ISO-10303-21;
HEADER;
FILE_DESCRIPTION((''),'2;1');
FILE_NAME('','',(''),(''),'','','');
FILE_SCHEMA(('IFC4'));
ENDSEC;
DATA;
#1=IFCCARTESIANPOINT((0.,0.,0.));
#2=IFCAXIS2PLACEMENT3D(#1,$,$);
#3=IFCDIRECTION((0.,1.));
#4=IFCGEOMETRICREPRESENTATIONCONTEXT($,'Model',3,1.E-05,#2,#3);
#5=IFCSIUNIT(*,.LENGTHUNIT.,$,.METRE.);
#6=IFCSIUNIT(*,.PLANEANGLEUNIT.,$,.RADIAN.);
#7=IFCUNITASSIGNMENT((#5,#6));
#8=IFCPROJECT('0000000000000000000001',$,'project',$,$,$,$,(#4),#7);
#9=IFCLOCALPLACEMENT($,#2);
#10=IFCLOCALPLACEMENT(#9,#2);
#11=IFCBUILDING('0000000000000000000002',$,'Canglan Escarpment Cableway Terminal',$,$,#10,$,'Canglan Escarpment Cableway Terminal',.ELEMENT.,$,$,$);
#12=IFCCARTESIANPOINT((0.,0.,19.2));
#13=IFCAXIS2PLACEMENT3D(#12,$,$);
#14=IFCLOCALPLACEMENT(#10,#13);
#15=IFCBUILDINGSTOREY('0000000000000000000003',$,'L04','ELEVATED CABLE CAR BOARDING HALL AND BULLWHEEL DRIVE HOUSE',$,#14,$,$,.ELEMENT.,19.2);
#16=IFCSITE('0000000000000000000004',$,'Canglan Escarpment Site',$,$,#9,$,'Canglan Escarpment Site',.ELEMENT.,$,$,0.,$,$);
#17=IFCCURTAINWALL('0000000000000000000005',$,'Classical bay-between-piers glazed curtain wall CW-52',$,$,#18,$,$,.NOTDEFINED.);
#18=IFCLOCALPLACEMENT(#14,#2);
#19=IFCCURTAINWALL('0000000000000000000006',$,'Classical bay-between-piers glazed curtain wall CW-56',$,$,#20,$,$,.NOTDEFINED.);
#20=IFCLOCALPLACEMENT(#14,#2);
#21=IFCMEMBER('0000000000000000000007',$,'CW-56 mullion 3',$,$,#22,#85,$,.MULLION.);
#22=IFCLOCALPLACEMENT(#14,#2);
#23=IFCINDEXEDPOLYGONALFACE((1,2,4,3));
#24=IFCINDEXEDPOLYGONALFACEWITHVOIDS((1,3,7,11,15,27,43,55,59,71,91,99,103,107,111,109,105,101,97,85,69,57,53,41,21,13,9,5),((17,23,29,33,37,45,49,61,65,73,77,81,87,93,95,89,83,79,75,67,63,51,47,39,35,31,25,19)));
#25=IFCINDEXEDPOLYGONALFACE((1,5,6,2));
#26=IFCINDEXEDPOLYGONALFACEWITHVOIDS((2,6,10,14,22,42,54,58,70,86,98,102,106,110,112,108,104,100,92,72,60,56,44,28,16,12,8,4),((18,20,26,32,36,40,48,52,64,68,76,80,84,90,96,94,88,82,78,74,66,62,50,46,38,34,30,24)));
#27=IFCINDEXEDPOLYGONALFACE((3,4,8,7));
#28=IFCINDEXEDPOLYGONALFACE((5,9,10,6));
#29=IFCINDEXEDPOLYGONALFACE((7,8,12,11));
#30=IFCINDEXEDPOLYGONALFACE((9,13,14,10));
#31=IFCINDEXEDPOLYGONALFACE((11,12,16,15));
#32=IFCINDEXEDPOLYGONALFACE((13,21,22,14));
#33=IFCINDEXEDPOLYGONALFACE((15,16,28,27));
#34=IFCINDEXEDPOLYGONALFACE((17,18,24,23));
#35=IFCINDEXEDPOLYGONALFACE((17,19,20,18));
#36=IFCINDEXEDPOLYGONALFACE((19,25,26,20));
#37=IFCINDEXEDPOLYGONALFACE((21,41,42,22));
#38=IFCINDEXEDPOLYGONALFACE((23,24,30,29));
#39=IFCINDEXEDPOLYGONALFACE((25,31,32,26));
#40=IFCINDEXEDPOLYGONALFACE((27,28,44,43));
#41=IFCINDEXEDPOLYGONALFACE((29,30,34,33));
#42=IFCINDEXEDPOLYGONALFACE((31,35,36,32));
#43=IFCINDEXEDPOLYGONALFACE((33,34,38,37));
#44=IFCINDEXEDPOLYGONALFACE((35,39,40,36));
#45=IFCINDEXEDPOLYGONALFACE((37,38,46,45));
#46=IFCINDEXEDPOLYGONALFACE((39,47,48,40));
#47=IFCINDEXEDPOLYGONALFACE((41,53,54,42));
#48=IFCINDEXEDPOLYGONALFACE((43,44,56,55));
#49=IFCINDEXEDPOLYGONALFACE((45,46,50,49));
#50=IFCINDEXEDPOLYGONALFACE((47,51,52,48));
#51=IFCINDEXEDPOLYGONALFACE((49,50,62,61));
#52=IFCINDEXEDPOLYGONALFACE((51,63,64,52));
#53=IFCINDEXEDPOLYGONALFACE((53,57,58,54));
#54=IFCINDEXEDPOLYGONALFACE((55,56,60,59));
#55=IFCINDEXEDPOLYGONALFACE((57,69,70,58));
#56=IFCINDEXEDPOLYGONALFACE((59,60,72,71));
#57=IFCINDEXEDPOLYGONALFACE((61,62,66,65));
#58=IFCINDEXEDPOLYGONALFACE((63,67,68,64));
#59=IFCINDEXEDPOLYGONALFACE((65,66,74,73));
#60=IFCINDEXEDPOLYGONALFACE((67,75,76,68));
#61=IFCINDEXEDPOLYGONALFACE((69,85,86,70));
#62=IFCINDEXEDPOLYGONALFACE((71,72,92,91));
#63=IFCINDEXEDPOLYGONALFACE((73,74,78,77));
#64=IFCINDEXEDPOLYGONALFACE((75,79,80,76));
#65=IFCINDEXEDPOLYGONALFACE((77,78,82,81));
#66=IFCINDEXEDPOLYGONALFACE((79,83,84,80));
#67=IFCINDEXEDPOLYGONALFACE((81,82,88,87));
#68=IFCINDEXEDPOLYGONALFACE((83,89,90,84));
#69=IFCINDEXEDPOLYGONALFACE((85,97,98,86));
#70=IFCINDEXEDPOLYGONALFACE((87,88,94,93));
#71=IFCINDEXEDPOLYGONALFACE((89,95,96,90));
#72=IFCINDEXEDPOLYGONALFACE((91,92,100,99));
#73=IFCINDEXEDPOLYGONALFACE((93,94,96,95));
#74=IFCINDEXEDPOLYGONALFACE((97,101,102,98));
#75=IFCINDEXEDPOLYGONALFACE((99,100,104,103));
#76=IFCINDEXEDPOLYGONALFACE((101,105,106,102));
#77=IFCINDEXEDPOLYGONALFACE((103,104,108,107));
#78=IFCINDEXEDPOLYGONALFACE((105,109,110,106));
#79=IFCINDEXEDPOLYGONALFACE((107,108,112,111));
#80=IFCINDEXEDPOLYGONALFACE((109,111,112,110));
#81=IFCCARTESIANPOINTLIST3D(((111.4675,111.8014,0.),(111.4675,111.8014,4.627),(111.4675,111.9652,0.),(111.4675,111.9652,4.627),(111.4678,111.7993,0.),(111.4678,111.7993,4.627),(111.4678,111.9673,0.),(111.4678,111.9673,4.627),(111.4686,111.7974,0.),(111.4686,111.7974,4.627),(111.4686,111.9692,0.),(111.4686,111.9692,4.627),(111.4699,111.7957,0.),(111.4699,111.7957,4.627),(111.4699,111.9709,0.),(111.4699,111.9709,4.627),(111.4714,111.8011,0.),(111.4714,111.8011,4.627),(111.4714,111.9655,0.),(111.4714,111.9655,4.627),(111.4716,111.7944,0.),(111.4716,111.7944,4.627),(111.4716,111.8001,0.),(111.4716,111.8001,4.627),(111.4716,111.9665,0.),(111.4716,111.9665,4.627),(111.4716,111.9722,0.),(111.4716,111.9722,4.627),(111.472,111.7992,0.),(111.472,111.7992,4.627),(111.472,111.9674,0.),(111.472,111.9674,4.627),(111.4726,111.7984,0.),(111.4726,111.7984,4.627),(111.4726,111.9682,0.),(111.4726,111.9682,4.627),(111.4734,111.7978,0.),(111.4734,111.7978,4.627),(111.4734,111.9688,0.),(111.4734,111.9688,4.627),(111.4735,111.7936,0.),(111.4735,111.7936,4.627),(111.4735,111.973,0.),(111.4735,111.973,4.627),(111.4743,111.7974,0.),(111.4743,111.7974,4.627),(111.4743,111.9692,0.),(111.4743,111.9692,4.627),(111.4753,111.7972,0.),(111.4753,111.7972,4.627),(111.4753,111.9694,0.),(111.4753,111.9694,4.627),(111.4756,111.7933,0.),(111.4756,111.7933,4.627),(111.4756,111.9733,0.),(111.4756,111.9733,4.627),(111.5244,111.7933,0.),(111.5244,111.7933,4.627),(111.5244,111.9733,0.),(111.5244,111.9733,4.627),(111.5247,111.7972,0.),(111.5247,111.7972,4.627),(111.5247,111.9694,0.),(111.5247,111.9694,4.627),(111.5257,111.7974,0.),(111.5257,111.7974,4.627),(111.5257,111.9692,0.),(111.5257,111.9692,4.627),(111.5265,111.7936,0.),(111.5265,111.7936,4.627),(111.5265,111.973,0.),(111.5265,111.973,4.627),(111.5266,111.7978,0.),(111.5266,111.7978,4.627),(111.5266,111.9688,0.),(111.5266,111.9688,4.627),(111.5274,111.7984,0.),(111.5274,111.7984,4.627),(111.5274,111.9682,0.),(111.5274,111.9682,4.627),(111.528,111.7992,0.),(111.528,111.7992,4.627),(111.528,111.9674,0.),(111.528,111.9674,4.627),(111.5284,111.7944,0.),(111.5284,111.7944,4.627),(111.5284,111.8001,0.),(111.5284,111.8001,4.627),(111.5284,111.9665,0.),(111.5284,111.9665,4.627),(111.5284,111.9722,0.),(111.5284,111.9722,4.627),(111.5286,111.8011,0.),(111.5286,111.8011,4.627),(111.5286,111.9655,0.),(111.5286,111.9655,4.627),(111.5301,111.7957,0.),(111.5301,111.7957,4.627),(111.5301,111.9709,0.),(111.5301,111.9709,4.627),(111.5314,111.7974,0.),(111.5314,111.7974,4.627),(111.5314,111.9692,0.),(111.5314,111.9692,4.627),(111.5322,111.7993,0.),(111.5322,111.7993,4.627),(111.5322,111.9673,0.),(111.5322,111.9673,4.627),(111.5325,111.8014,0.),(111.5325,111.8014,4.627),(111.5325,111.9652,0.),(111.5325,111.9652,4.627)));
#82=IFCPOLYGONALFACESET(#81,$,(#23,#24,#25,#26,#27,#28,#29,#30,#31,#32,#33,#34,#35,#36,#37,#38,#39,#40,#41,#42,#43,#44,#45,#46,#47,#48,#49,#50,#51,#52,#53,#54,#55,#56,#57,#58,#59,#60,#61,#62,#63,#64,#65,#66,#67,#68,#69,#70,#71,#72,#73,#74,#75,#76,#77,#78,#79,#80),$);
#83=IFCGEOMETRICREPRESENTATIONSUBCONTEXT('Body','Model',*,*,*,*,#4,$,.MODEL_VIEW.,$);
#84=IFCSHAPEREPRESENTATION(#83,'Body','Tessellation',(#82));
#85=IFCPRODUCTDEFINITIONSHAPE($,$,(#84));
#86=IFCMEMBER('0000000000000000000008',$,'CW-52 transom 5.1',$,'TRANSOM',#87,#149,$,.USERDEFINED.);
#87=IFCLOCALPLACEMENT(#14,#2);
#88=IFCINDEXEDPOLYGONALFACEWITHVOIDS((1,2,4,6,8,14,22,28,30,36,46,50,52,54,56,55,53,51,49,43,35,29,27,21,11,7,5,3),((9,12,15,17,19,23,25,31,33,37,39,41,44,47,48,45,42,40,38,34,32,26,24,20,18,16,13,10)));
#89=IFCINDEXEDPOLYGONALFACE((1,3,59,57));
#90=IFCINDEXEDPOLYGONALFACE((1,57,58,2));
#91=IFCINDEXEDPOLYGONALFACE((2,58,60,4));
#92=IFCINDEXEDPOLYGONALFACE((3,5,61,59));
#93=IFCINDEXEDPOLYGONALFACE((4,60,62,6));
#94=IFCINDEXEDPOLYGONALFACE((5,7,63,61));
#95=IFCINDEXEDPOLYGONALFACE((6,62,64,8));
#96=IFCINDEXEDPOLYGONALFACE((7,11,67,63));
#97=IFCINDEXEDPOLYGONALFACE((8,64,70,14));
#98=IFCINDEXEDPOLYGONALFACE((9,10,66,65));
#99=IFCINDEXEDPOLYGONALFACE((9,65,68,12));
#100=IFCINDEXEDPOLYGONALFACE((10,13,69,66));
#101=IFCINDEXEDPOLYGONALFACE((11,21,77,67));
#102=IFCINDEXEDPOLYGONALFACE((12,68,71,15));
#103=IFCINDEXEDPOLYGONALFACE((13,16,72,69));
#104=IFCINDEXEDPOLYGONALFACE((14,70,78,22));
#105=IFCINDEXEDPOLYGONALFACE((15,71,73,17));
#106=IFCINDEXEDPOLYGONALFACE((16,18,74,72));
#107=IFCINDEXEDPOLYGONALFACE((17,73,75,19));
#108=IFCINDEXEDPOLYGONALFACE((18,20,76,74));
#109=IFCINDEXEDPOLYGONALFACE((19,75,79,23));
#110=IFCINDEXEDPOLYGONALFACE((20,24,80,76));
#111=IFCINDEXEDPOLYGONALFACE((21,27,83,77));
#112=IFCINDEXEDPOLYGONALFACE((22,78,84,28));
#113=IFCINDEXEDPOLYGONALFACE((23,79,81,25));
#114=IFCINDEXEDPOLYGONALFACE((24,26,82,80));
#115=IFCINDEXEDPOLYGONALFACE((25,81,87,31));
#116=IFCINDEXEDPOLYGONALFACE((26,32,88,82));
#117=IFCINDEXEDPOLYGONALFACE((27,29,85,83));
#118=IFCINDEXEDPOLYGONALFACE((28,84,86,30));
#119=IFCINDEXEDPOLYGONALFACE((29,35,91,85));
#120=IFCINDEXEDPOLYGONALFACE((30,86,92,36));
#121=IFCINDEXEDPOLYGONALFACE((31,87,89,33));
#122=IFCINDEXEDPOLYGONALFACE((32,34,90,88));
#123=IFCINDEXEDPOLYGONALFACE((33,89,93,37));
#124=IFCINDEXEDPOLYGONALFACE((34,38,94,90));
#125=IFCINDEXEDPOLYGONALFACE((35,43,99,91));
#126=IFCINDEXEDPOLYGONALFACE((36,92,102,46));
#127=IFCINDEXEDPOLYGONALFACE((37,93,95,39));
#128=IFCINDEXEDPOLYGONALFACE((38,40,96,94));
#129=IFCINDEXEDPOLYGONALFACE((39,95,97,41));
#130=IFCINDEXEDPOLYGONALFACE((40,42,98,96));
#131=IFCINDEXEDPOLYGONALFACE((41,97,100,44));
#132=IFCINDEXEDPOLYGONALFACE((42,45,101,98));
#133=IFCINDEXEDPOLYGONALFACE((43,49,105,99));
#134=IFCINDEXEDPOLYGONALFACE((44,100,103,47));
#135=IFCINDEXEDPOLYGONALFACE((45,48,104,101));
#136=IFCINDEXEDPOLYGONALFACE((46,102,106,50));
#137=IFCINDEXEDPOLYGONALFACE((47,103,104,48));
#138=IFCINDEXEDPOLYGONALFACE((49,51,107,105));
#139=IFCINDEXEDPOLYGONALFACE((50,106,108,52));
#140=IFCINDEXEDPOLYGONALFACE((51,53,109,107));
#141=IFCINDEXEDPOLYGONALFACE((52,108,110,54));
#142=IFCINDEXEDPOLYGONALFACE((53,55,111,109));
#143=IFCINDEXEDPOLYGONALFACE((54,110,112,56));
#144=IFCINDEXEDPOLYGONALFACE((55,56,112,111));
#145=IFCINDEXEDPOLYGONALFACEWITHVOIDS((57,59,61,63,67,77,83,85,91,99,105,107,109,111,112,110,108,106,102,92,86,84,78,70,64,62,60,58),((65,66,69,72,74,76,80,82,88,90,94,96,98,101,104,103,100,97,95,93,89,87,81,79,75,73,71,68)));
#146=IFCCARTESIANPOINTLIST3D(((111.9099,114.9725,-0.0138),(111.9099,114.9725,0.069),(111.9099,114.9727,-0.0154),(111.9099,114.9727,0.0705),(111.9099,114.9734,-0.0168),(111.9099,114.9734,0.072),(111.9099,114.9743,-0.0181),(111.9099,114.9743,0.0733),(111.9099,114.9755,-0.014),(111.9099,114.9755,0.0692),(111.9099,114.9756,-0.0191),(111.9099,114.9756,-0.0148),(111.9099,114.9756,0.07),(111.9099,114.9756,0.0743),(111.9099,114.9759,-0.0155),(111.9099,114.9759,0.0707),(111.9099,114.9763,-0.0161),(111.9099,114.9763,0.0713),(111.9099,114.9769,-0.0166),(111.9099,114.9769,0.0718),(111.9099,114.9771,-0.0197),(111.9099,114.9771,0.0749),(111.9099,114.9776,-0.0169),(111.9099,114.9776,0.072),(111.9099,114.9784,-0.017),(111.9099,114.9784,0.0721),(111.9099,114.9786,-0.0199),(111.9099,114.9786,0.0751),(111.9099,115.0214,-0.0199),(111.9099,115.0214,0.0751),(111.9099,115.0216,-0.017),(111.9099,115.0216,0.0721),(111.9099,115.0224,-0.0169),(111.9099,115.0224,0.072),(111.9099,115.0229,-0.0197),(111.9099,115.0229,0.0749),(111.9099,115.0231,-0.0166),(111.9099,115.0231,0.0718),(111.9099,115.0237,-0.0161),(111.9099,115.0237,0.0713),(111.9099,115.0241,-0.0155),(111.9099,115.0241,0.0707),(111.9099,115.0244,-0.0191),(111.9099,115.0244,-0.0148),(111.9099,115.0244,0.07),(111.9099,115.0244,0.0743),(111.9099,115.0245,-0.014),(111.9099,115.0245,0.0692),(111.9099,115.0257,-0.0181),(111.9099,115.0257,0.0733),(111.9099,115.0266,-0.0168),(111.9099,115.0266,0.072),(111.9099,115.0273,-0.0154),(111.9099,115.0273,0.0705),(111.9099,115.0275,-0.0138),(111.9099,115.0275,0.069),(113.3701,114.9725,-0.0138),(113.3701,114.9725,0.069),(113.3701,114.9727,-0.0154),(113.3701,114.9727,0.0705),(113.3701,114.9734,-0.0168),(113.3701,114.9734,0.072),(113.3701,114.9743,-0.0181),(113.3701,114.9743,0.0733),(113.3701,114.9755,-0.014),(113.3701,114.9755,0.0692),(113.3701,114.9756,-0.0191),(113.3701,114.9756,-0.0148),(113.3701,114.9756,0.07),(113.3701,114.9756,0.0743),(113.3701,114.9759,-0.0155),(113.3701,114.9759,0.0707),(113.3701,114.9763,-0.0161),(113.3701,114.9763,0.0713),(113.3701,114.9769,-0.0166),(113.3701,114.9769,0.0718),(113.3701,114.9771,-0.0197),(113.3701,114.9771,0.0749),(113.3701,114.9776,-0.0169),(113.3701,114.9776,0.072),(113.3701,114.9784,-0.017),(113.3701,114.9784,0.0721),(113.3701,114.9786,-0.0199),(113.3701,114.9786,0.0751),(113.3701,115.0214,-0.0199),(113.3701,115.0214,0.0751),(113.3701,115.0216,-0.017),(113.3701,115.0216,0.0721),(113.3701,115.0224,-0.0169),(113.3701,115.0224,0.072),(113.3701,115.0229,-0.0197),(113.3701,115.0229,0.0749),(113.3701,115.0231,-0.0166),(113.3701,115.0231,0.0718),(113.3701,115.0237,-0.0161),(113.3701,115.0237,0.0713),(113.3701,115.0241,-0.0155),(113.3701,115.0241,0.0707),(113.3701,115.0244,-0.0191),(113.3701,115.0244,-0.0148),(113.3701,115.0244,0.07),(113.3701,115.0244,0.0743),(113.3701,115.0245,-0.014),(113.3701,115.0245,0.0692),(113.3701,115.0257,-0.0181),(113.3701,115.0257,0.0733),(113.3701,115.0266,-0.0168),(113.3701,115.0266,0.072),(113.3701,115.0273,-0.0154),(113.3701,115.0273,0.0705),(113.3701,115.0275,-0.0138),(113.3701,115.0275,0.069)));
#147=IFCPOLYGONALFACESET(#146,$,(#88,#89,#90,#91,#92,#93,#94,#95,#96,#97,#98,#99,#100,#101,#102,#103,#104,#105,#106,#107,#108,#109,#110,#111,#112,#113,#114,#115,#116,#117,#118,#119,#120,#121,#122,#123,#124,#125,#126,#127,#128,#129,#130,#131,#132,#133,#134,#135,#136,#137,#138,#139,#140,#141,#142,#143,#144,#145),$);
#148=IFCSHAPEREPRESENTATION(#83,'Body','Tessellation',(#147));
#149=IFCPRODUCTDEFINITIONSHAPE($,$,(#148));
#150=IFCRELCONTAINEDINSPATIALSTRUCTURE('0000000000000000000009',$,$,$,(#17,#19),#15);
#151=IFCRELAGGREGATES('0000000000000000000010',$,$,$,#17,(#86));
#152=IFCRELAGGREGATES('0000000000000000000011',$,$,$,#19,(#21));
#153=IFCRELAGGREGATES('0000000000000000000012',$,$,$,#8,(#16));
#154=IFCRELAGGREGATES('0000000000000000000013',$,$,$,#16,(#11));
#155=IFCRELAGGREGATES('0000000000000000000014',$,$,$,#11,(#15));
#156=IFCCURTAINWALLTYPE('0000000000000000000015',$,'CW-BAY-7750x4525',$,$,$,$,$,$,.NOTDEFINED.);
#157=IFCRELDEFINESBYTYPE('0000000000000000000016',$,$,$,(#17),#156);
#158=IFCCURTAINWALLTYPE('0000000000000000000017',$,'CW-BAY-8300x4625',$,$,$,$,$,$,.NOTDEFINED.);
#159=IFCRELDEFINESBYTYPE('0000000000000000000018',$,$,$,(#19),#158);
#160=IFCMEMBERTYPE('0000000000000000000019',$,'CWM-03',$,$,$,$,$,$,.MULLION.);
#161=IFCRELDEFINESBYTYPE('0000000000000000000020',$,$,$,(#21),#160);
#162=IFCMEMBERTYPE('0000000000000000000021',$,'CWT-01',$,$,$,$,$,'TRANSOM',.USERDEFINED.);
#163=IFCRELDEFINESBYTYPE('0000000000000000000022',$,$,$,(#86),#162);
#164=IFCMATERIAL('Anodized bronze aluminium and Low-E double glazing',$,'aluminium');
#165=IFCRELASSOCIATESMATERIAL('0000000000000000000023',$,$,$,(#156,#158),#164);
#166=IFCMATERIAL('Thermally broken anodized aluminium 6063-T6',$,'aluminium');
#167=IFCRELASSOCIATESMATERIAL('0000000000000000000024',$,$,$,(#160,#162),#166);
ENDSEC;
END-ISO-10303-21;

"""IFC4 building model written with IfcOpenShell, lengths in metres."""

from ifc_helpers import new_model, si_unit, direction, frame, origin, origin_2d, place, context, subcontext, project, spatial, hollow_rectangle, extrude, material, material_profile, profile_set, type_object, element, aggregate, save


model = new_model("IFC4")

# Units and contexts
model_context = context("Model", 3, precision=1e-05, world=origin(), true_north=direction((0.0, 1.0)))
body_context = subcontext(model_context, "Body", "Model", "MODEL_VIEW")
ifc_project = project(units=[si_unit("LENGTHUNIT", "METRE"), si_unit("PLANEANGLEUNIT", "RADIAN")], contexts=[model_context])

# Site, building, storey
site_placement = place(None, origin())
site = spatial("IfcSite", under=ifc_project, at=site_placement, Name="Canglan Escarpment Site", LongName="Canglan Escarpment Site", CompositionType="ELEMENT", RefElevation=0.0)
building_placement = place(site_placement, origin())
building = spatial("IfcBuilding", under=site, at=building_placement, Name="Canglan Escarpment Cableway Terminal", LongName="Canglan Escarpment Cableway Terminal", CompositionType="ELEMENT")
storey_placement = place(building_placement, frame((0.0, 0.0, 19.2)))
storey = spatial("IfcBuildingStorey", under=building, at=storey_placement, Name="L04", Description="ELEVATED CABLE CAR BOARDING HALL AND BULLWHEEL DRIVE HOUSE", CompositionType="ELEMENT", Elevation=19.2)

# Curtain walls, member
ifc_material_1 = material(Name="Anodized bronze aluminium and Low-E double glazing", Category="aluminium")
curtain_wall_type_1 = type_object("IfcCurtainWallType", Name="CW-BAY-7750x4525", PredefinedType="NOTDEFINED", material=ifc_material_1)
curtain_wall_1_placement = place(storey_placement, origin())
curtain_wall_1 = element("IfcCurtainWall", 1, at=curtain_wall_1_placement, inside=storey, type_object=curtain_wall_type_1, Name="Classical bay-between-piers glazed curtain wall CW-52", PredefinedType="NOTDEFINED")
ifc_material_2 = material(Name="Thermally broken anodized aluminium 6063-T6", Category="aluminium")
curtain_wall_type_2 = type_object("IfcCurtainWallType", Name="CW-BAY-8300x4625", PredefinedType="NOTDEFINED", material=ifc_material_1)
curtain_wall_2_placement = place(storey_placement, origin())
curtain_wall_2 = element("IfcCurtainWall", 2, at=curtain_wall_2_placement, inside=storey, type_object=curtain_wall_type_2, Name="Classical bay-between-piers glazed curtain wall CW-56", PredefinedType="NOTDEFINED")
ifc_material_profile_1 = material_profile(ifc_material_2, hollow_rectangle(XDim=0.0649, YDim=0.1799, WallThickness=0.0039, InnerFilletRadius=0.0039, OuterFilletRadius=0.0081, at=origin_2d()), Name="ALU-MULL 65x180x4")
ifc_profile_set_1 = profile_set([ifc_material_profile_1], Name="Thermally broken anodized aluminium 6063-T6")
member_type_1 = type_object("IfcMemberType", Name="CWM-03", PredefinedType="MULLION", material=ifc_profile_set_1)
member_1_placement = place(storey_placement, frame((111.5, 111.8833, 0.0), z_axis=(0.0, 0.0, 1.0), x_axis=(1.0, 0.0, 0.0)))
member_1 = element("IfcMember", 3, at=member_1_placement, type_object=member_type_1, Name="CW-56 mullion 3", PredefinedType="MULLION", context=body_context, shape_type="SweptSolid", body=[
    extrude(hollow_rectangle(XDim=0.0649, YDim=0.1799, WallThickness=0.0039, InnerFilletRadius=0.0039, OuterFilletRadius=0.0081, at=origin_2d()), origin(), (0.0, 0.0, 1.0), 4.627),
])

# Member
ifc_material_profile_2 = material_profile(ifc_material_2, hollow_rectangle(XDim=0.0549, YDim=0.095, WallThickness=0.0029, InnerFilletRadius=0.0029, OuterFilletRadius=0.0061, at=origin_2d()), Name="ALU-TRAN 55x95x3")
ifc_profile_set_2 = profile_set([ifc_material_profile_2], Name="Thermally broken anodized aluminium 6063-T6")
member_type_2 = type_object("IfcMemberType", Name="CWT-01", ElementType="TRANSOM", PredefinedType="USERDEFINED", material=ifc_profile_set_2)
member_2_placement = place(storey_placement, frame((113.3701, 115.0, 0.0276), z_axis=(-1.0, 0.0, 0.0), x_axis=(0.0, -1.0, 0.0)))
member_2 = element("IfcMember", 4, at=member_2_placement, type_object=member_type_2, Name="CW-52 transom 5.1", ObjectType="TRANSOM", PredefinedType="USERDEFINED", context=body_context, shape_type="SweptSolid", body=[
    extrude(hollow_rectangle(XDim=0.0549, YDim=0.095, WallThickness=0.0029, InnerFilletRadius=0.0029, OuterFilletRadius=0.0061, at=origin_2d()), origin(), (0.0, 0.0, 1.0), 1.4602),
])

aggregate(curtain_wall_1, [member_2])
aggregate(curtain_wall_2, [member_1])

save(model, "model.ifc")
